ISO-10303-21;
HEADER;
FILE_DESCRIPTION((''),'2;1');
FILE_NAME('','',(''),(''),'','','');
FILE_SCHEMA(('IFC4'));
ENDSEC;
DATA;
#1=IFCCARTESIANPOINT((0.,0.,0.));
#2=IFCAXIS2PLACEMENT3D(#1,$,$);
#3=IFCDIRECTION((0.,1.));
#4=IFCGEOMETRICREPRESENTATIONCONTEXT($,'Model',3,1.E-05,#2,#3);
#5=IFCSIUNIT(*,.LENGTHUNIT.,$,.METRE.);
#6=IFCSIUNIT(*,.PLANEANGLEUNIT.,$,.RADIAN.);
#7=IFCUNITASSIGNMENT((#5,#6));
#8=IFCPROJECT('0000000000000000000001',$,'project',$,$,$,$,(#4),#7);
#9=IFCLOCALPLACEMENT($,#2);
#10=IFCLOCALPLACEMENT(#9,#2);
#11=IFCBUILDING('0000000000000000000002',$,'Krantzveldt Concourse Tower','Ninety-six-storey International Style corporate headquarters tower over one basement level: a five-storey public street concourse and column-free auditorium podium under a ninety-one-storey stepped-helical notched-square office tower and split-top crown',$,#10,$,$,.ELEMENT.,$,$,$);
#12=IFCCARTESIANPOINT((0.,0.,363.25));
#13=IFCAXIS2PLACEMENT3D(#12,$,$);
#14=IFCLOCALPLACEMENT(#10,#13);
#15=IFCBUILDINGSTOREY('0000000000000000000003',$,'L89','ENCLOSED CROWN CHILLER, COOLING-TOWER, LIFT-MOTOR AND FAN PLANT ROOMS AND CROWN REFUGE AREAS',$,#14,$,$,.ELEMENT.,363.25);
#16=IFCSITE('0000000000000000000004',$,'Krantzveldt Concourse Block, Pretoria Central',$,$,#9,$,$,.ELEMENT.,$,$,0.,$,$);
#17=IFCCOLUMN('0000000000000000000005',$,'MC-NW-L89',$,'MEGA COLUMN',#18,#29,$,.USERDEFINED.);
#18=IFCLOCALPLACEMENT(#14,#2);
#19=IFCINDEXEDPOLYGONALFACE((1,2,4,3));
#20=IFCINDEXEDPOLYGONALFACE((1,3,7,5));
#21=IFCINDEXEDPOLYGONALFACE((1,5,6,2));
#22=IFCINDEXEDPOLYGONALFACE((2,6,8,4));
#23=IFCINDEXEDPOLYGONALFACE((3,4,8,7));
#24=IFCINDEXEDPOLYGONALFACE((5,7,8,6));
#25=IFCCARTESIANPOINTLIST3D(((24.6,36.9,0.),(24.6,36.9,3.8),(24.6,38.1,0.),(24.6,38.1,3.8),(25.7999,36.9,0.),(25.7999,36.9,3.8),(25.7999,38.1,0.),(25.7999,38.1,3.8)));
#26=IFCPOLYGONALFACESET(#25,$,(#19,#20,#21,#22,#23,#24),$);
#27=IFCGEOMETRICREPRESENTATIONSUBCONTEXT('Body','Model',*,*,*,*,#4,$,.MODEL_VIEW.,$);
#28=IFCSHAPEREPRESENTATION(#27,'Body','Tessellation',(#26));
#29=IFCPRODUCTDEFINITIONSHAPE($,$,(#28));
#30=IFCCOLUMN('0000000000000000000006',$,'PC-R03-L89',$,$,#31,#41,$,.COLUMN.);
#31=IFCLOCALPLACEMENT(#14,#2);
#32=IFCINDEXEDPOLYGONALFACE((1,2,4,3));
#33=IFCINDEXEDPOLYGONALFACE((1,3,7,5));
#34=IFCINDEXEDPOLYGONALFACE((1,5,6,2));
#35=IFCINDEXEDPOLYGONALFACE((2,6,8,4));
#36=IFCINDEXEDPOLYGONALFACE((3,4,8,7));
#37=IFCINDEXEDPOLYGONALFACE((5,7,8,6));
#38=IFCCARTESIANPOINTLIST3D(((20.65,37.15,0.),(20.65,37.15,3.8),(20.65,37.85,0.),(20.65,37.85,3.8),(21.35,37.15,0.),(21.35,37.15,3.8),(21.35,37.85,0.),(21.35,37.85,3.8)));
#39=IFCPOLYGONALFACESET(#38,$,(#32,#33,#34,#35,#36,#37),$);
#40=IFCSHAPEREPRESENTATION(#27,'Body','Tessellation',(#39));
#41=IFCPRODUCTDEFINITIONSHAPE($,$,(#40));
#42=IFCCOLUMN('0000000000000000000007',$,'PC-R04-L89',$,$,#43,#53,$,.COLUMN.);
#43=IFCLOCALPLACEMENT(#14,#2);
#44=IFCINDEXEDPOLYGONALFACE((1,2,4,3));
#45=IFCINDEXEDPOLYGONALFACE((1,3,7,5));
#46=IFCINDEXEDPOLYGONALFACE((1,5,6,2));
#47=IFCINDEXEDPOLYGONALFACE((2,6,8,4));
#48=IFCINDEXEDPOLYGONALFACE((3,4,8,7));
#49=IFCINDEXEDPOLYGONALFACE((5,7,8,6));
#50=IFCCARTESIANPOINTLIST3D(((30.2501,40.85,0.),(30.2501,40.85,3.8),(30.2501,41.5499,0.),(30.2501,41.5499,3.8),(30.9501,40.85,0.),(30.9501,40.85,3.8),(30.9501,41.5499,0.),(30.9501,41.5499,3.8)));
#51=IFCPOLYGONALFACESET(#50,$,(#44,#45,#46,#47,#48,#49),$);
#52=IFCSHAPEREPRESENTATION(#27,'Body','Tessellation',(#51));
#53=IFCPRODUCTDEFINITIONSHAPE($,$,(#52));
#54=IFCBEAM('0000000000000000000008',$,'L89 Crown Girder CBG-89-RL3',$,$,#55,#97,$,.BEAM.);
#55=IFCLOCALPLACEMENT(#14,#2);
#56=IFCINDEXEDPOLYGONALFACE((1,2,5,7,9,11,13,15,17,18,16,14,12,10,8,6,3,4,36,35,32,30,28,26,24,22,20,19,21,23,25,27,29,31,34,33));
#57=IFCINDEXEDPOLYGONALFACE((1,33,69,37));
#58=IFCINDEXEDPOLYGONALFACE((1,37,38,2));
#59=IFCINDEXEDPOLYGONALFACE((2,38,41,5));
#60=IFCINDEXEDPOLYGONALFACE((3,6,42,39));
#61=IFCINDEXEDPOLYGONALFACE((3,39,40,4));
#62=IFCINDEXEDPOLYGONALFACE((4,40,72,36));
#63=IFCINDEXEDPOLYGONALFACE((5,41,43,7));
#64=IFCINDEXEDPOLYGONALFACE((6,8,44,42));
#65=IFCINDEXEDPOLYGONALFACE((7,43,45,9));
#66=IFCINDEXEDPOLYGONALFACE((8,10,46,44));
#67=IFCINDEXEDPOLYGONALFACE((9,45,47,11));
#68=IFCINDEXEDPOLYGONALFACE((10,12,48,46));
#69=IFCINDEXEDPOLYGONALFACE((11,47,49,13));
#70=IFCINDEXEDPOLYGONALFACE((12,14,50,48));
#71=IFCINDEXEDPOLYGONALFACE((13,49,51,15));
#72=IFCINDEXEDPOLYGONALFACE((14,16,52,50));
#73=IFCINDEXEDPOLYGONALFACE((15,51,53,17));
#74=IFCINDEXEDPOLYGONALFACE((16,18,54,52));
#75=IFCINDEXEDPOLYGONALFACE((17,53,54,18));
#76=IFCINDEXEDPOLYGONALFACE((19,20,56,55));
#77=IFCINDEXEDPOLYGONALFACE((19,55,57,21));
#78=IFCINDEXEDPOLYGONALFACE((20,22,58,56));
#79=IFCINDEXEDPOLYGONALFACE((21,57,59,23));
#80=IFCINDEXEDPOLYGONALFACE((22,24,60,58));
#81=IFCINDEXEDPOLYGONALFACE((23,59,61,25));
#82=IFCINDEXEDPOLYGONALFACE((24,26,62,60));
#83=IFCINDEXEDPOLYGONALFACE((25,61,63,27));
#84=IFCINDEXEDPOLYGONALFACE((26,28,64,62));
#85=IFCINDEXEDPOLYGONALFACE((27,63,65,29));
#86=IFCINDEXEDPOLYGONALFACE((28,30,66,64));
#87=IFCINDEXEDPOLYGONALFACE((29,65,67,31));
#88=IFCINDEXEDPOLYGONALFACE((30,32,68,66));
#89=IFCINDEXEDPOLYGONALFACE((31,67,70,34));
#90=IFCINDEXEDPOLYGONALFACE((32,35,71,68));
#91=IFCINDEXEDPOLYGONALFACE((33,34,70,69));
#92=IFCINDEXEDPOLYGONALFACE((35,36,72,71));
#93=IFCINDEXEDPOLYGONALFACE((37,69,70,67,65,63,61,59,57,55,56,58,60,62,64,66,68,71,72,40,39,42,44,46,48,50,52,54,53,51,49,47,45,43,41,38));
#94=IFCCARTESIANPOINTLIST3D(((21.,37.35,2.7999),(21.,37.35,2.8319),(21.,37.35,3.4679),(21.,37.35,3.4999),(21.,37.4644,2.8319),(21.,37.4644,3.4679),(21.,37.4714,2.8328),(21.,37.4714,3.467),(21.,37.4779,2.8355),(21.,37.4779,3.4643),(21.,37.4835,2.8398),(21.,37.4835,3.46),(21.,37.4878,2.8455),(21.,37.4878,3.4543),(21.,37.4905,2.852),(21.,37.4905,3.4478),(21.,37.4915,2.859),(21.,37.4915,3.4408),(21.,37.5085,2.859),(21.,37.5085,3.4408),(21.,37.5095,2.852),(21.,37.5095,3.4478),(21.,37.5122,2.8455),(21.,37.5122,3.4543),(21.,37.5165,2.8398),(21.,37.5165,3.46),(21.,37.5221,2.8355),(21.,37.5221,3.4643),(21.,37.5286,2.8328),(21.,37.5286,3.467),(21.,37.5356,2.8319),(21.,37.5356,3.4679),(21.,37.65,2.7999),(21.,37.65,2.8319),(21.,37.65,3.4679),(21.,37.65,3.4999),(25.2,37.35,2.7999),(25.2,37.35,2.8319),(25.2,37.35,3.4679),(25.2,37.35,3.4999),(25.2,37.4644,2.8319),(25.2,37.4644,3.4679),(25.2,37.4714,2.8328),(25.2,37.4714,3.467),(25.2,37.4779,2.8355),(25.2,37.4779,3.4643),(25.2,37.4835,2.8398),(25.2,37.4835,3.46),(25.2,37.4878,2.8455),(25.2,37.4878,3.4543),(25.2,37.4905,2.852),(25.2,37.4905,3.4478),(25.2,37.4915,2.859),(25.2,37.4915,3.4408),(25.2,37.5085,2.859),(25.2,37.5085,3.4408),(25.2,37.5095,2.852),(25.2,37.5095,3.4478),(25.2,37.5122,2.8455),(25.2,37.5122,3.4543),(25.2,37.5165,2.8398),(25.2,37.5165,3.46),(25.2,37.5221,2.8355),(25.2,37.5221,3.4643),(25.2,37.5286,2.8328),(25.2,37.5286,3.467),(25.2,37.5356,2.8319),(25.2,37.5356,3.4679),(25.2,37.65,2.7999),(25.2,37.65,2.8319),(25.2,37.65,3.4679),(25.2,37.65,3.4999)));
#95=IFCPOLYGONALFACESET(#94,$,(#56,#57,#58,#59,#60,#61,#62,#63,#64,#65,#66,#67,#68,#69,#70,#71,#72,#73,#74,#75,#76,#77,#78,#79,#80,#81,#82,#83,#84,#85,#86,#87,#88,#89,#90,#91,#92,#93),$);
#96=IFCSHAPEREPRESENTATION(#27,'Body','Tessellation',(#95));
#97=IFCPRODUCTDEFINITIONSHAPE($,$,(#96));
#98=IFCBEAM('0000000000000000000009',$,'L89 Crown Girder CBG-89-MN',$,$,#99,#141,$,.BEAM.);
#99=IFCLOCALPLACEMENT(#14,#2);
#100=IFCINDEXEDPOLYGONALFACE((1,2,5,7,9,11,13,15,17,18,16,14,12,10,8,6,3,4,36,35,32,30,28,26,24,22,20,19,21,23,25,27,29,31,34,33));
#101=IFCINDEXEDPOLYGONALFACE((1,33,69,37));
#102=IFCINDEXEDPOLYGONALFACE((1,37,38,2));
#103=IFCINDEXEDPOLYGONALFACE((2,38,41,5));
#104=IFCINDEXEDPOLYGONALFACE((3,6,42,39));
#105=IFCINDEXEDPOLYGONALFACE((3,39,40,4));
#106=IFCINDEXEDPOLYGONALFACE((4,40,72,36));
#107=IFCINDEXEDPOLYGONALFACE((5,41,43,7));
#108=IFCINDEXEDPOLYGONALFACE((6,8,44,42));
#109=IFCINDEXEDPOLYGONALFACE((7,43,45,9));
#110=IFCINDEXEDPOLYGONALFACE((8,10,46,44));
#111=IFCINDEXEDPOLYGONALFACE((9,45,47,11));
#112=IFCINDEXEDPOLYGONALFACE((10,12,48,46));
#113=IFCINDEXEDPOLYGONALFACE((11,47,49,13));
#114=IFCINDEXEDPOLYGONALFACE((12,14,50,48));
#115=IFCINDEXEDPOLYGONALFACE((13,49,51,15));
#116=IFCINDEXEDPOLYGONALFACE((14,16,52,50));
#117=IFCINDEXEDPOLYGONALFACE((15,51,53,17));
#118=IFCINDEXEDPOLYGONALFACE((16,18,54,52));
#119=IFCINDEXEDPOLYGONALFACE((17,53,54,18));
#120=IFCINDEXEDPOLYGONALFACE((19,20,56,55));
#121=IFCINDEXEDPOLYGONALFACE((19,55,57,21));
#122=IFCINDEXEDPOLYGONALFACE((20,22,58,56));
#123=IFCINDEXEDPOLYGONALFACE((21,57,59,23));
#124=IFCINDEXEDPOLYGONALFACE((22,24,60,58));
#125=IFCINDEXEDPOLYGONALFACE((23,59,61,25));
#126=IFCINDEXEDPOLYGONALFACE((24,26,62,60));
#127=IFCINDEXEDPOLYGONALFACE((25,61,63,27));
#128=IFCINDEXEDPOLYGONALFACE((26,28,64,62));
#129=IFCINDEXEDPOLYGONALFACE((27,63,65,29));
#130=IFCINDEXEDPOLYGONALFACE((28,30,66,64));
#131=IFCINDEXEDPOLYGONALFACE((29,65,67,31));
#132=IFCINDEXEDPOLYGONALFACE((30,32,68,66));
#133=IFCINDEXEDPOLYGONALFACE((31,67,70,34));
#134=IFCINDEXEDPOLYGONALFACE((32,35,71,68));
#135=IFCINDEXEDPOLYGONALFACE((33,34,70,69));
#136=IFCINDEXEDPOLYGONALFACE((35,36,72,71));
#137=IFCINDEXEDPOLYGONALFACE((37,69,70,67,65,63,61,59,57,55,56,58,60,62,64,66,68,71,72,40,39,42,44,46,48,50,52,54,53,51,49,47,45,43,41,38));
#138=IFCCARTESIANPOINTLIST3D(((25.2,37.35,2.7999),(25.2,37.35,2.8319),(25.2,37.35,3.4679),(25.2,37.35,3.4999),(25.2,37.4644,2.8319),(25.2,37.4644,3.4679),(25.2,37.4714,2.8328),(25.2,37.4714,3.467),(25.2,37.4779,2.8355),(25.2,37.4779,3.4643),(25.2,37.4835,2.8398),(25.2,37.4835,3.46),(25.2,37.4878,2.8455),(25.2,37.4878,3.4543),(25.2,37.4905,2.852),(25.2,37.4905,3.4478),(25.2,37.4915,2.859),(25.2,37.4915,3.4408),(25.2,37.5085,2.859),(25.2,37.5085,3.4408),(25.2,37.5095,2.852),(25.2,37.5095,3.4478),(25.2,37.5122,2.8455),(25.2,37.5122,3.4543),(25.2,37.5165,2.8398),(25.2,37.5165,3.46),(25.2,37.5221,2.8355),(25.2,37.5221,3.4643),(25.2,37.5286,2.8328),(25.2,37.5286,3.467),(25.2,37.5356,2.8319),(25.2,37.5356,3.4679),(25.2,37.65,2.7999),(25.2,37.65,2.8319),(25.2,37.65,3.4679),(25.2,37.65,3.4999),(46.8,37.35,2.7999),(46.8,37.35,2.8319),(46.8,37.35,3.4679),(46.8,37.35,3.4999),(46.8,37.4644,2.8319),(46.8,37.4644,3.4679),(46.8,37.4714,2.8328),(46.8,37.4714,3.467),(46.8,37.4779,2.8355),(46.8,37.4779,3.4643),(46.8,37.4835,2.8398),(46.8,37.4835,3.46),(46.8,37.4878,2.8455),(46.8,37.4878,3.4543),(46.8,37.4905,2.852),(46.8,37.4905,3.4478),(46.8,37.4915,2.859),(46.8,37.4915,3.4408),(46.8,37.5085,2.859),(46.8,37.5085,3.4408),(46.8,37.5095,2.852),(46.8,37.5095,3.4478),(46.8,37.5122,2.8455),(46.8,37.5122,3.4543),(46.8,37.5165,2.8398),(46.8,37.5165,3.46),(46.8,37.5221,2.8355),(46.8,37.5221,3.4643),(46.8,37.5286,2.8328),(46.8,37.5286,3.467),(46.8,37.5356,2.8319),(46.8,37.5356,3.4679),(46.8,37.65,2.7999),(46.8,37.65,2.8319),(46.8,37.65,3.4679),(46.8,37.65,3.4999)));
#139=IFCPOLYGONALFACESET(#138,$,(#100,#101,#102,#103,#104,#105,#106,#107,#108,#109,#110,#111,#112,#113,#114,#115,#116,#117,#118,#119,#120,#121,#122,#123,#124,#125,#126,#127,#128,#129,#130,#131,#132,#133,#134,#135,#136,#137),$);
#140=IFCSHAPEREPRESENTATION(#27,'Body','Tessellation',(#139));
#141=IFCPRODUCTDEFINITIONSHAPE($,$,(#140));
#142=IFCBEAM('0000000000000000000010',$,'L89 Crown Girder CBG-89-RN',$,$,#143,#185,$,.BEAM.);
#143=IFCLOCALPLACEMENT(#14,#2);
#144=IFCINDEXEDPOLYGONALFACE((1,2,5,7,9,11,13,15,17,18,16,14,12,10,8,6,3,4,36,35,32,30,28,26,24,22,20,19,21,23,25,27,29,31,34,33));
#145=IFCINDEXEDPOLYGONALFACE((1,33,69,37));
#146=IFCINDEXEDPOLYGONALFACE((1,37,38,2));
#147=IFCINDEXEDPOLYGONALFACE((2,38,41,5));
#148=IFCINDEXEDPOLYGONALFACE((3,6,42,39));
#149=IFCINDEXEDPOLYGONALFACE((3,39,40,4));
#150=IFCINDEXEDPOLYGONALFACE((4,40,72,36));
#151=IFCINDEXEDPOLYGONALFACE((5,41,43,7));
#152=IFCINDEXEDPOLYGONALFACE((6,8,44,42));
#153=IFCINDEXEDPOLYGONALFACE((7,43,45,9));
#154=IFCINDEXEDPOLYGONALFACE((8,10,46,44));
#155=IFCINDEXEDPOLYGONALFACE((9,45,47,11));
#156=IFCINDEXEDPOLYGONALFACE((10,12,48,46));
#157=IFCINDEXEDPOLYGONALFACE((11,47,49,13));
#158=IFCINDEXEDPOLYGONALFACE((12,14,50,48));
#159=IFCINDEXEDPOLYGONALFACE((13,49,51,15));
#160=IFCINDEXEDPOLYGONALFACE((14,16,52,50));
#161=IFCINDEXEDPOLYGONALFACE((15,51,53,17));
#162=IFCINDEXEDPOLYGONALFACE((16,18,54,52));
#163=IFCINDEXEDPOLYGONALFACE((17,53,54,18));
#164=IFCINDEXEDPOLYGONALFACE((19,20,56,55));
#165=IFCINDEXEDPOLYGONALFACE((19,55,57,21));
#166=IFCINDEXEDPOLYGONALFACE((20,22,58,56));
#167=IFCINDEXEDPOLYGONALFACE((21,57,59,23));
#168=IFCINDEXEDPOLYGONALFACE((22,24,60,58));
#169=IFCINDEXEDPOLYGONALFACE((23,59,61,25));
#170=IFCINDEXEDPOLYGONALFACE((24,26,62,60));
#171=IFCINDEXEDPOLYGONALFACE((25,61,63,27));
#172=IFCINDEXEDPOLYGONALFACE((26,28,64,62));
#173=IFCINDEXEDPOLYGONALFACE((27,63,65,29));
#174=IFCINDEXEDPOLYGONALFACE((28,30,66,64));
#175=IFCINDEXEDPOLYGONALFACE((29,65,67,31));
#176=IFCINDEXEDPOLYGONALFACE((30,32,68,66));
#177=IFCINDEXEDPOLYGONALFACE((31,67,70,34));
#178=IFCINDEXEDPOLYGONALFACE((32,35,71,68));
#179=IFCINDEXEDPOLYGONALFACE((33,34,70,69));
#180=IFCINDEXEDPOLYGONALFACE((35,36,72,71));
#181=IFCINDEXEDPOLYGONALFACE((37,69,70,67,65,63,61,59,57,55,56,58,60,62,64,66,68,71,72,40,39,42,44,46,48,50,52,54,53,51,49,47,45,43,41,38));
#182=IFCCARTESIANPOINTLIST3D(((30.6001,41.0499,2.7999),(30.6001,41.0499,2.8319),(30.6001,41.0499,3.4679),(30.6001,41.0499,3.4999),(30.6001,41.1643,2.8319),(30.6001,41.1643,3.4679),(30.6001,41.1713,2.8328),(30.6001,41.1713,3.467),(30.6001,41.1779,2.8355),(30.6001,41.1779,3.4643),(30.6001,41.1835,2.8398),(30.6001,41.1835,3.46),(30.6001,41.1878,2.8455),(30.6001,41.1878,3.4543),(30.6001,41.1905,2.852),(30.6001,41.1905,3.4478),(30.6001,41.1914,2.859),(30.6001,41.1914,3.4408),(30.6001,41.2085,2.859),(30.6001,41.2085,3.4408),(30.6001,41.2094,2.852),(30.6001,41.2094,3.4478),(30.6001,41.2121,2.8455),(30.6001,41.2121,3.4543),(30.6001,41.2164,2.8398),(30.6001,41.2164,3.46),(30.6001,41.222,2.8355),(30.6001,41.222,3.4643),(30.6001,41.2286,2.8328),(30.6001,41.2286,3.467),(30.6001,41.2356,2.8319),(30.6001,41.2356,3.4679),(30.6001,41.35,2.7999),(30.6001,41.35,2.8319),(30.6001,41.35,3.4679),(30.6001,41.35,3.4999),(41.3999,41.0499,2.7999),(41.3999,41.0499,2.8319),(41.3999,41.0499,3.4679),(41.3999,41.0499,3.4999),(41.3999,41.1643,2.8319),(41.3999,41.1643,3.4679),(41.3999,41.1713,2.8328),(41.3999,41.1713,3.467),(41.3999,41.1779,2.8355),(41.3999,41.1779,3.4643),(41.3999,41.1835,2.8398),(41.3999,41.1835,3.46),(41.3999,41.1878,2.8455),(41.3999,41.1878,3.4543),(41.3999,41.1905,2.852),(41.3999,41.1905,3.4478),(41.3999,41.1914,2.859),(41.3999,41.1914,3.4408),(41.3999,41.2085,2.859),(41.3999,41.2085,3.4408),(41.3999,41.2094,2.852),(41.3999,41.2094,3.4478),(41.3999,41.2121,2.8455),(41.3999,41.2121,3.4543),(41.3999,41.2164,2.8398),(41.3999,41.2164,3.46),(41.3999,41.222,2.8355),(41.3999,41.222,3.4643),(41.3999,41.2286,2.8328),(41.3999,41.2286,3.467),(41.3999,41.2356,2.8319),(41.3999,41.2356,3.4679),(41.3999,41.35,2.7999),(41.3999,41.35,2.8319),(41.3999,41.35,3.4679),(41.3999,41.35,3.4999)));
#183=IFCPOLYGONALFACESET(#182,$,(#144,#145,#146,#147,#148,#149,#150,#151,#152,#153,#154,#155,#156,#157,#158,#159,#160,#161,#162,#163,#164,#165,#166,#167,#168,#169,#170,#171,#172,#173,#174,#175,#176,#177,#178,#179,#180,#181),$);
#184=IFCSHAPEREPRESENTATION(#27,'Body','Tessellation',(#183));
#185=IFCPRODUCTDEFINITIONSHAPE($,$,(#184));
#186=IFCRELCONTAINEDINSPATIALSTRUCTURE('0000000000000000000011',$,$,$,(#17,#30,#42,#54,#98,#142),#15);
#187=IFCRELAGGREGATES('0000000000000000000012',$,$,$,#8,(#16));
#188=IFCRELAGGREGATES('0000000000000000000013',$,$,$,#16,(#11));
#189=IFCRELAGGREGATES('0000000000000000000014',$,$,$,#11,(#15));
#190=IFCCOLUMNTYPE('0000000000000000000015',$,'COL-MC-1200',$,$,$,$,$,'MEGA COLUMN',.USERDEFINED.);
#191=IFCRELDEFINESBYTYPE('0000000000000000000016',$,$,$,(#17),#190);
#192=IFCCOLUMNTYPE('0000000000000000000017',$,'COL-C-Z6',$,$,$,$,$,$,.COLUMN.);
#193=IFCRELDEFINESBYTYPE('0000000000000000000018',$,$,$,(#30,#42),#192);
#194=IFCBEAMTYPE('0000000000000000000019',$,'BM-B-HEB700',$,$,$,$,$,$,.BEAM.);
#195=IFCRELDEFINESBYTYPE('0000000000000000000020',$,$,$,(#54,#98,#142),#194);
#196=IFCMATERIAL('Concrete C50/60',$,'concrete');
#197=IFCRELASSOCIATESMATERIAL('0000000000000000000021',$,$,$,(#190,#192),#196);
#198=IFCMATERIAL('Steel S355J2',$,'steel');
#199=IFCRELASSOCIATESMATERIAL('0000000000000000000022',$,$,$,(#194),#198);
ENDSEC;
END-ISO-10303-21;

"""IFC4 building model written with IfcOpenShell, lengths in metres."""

from ifc_helpers import new_model, si_unit, direction, frame, origin, origin_2d, place, context, subcontext, project, spatial, rectangle, i_section, extrude, source, transform, mapped, material, material_profile, profile_set, type_object, type_shapes, element, save


model = new_model("IFC4")

# Units and contexts
model_context = context("Model", 3, precision=1e-05, world=origin(), true_north=direction((0.0, 1.0)))
body_context = subcontext(model_context, "Body", "Model", "MODEL_VIEW")
ifc_project = project(units=[si_unit("LENGTHUNIT", "METRE"), si_unit("PLANEANGLEUNIT", "RADIAN")], contexts=[model_context])

# Site, building, storey
site_placement = place(None, origin())
site = spatial("IfcSite", under=ifc_project, at=site_placement, Name="Krantzveldt Concourse Block, Pretoria Central", CompositionType="ELEMENT", RefElevation=0.0)
building_placement = place(site_placement, origin())
building = spatial("IfcBuilding", under=site, at=building_placement, Name="Krantzveldt Concourse Tower", Description="Ninety-six-storey International Style corporate headquarters tower over one basement level: a five-storey public street concourse and column-free auditorium podium under a ninety-one-storey stepped-helical notched-square office tower and split-top crown", CompositionType="ELEMENT")
storey_placement = place(building_placement, frame((0.0, 0.0, 363.25)))
storey = spatial("IfcBuildingStorey", under=building, at=storey_placement, Name="L89", Description="ENCLOSED CROWN CHILLER, COOLING-TOWER, LIFT-MOTOR AND FAN PLANT ROOMS AND CROWN REFUGE AREAS", CompositionType="ELEMENT", Elevation=363.25)

# Columns
ifc_material_1 = material(Name="Concrete C50/60", Category="concrete")
ifc_material_profile_1 = material_profile(ifc_material_1, rectangle(XDim=1.2, YDim=1.2, at=origin_2d()), Name="Concrete C50/60", Category="concrete")
ifc_profile_set_1 = profile_set([ifc_material_profile_1], Name="Concrete C50/60 - RC 1200x1200")
column_type_1 = type_object("IfcColumnType", Name="COL-MC-1200", ElementType="MEGA COLUMN", PredefinedType="USERDEFINED", material=ifc_profile_set_1)
shared_shape_1 = source(origin(), body_context, "Body", "SweptSolid", [
    extrude(rectangle(XDim=1.2, YDim=1.2, at=origin_2d()), origin(), (0.0, 0.0, 1.0), 3.8),
])
type_shapes(column_type_1, [shared_shape_1])
column_placement = place(storey_placement, frame((25.2, 37.5, 0.0), z_axis=(0.0, 0.0, 1.0), x_axis=(1.0, 0.0, 0.0)))
element("IfcColumn", 1, at=column_placement, inside=storey, type_object=column_type_1, Name="MC-NW-L89", ObjectType="MEGA COLUMN", PredefinedType="USERDEFINED", context=body_context, shape_type="MappedRepresentation", body=[
    mapped(shared_shape_1, transform((0.0, 0.0, 0.0), x_axis=(1.0, 0.0, 0.0), y_axis=(0.0, 1.0, 0.0), z_axis=(0.0, 0.0, 1.0), scale=1.0)),
])
ifc_material_profile_2 = material_profile(ifc_material_1, rectangle(XDim=0.7, YDim=0.7, at=origin_2d()), Name="Concrete C50/60", Category="concrete")
ifc_profile_set_2 = profile_set([ifc_material_profile_2], Name="Concrete C50/60 - RC 700x700")
column_type_2 = type_object("IfcColumnType", Name="COL-C-Z6", PredefinedType="COLUMN", material=ifc_profile_set_2)
shared_shape_2 = source(origin(), body_context, "Body", "SweptSolid", [
    extrude(rectangle(XDim=0.7, YDim=0.7, at=origin_2d()), origin(), (0.0, 0.0, 1.0), 3.8),
])
type_shapes(column_type_2, [shared_shape_2])
for number, where, z_axis, x_axis, name in (
    (2, (21.0, 37.5, 0.0), (0.0, 0.0, 1.0), (1.0, 0.0, 0.0), "PC-R03-L89"),
    (3, (30.6001, 41.2, 0.0), (0.0, 0.0, 1.0), (1.0, 0.0, 0.0), "PC-R04-L89"),
):
    element("IfcColumn", number, at=place(storey_placement, frame(where, z_axis=z_axis, x_axis=x_axis)), inside=storey, type_object=column_type_2, Name=name, PredefinedType="COLUMN", context=body_context, shape_type="MappedRepresentation", body=[
        mapped(shared_shape_2, transform((0.0, 0.0, 0.0), x_axis=(1.0, 0.0, 0.0), y_axis=(0.0, 1.0, 0.0), z_axis=(0.0, 0.0, 1.0), scale=1.0)),
    ])

# Beams
ifc_material_2 = material(Name="Steel S355J2", Category="steel")
ifc_material_profile_3 = material_profile(ifc_material_2, i_section(OverallWidth=0.3, OverallDepth=0.7, WebThickness=0.0171, FlangeThickness=0.032, FilletRadius=0.0271, at=origin_2d()), Name="Steel S355J2", Category="steel")
ifc_profile_set_3 = profile_set([ifc_material_profile_3], Name="Steel S355J2 - HEB 700")
beam_type = type_object("IfcBeamType", Name="BM-B-HEB700", PredefinedType="BEAM", material=ifc_profile_set_3)
shared_shape_3 = source(origin(), body_context, "Body", "SweptSolid", [
    extrude(i_section(OverallWidth=0.3, OverallDepth=0.7, WebThickness=0.0171, FlangeThickness=0.032, FilletRadius=0.0271, at=origin_2d()), origin(), (0.0, 0.0, 1.0), 4.2),
])
beam_1_placement = place(storey_placement, frame((21.0, 37.5, 3.1499), z_axis=(1.0, 0.0, 0.0), x_axis=(0.0, 1.0, 0.0)))
element("IfcBeam", 4, at=beam_1_placement, inside=storey, type_object=beam_type, Name="L89 Crown Girder CBG-89-RL3", PredefinedType="BEAM", context=body_context, shape_type="MappedRepresentation", body=[
    mapped(shared_shape_3, transform((0.0, 0.0, 0.0), x_axis=(1.0, 0.0, 0.0), y_axis=(0.0, 1.0, 0.0), z_axis=(0.0, 0.0, 1.0), scale=1.0)),
])
shared_shape_4 = source(origin(), body_context, "Body", "SweptSolid", [
    extrude(i_section(OverallWidth=0.3, OverallDepth=0.7, WebThickness=0.0171, FlangeThickness=0.032, FilletRadius=0.0271, at=origin_2d()), origin(), (0.0, 0.0, 1.0), 21.6001),
])
beam_2_placement = place(storey_placement, frame((25.2, 37.5, 3.1499), z_axis=(1.0, 0.0, 0.0), x_axis=(0.0, 1.0, 0.0)))
element("IfcBeam", 5, at=beam_2_placement, inside=storey, type_object=beam_type, Name="L89 Crown Girder CBG-89-MN", PredefinedType="BEAM", context=body_context, shape_type="MappedRepresentation", body=[
    mapped(shared_shape_4, transform((0.0, 0.0, 0.0), x_axis=(1.0, 0.0, 0.0), y_axis=(0.0, 1.0, 0.0), z_axis=(0.0, 0.0, 1.0), scale=1.0)),
])
shared_shape_5 = source(origin(), body_context, "Body", "SweptSolid", [
    extrude(i_section(OverallWidth=0.3, OverallDepth=0.7, WebThickness=0.0171, FlangeThickness=0.032, FilletRadius=0.0271, at=origin_2d()), origin(), (0.0, 0.0, 1.0), 10.7998),
])
type_shapes(beam_type, [shared_shape_3, shared_shape_4, shared_shape_5])
beam_3_placement = place(storey_placement, frame((30.6001, 41.2, 3.1499), z_axis=(1.0, 0.0, 0.0), x_axis=(0.0, 1.0, 0.0)))
element("IfcBeam", 6, at=beam_3_placement, inside=storey, type_object=beam_type, Name="L89 Crown Girder CBG-89-RN", PredefinedType="BEAM", context=body_context, shape_type="MappedRepresentation", body=[
    mapped(shared_shape_5, transform((0.0, 0.0, 0.0), x_axis=(1.0, 0.0, 0.0), y_axis=(0.0, 1.0, 0.0), z_axis=(0.0, 0.0, 1.0), scale=1.0)),
])

save(model, "model.ifc")
